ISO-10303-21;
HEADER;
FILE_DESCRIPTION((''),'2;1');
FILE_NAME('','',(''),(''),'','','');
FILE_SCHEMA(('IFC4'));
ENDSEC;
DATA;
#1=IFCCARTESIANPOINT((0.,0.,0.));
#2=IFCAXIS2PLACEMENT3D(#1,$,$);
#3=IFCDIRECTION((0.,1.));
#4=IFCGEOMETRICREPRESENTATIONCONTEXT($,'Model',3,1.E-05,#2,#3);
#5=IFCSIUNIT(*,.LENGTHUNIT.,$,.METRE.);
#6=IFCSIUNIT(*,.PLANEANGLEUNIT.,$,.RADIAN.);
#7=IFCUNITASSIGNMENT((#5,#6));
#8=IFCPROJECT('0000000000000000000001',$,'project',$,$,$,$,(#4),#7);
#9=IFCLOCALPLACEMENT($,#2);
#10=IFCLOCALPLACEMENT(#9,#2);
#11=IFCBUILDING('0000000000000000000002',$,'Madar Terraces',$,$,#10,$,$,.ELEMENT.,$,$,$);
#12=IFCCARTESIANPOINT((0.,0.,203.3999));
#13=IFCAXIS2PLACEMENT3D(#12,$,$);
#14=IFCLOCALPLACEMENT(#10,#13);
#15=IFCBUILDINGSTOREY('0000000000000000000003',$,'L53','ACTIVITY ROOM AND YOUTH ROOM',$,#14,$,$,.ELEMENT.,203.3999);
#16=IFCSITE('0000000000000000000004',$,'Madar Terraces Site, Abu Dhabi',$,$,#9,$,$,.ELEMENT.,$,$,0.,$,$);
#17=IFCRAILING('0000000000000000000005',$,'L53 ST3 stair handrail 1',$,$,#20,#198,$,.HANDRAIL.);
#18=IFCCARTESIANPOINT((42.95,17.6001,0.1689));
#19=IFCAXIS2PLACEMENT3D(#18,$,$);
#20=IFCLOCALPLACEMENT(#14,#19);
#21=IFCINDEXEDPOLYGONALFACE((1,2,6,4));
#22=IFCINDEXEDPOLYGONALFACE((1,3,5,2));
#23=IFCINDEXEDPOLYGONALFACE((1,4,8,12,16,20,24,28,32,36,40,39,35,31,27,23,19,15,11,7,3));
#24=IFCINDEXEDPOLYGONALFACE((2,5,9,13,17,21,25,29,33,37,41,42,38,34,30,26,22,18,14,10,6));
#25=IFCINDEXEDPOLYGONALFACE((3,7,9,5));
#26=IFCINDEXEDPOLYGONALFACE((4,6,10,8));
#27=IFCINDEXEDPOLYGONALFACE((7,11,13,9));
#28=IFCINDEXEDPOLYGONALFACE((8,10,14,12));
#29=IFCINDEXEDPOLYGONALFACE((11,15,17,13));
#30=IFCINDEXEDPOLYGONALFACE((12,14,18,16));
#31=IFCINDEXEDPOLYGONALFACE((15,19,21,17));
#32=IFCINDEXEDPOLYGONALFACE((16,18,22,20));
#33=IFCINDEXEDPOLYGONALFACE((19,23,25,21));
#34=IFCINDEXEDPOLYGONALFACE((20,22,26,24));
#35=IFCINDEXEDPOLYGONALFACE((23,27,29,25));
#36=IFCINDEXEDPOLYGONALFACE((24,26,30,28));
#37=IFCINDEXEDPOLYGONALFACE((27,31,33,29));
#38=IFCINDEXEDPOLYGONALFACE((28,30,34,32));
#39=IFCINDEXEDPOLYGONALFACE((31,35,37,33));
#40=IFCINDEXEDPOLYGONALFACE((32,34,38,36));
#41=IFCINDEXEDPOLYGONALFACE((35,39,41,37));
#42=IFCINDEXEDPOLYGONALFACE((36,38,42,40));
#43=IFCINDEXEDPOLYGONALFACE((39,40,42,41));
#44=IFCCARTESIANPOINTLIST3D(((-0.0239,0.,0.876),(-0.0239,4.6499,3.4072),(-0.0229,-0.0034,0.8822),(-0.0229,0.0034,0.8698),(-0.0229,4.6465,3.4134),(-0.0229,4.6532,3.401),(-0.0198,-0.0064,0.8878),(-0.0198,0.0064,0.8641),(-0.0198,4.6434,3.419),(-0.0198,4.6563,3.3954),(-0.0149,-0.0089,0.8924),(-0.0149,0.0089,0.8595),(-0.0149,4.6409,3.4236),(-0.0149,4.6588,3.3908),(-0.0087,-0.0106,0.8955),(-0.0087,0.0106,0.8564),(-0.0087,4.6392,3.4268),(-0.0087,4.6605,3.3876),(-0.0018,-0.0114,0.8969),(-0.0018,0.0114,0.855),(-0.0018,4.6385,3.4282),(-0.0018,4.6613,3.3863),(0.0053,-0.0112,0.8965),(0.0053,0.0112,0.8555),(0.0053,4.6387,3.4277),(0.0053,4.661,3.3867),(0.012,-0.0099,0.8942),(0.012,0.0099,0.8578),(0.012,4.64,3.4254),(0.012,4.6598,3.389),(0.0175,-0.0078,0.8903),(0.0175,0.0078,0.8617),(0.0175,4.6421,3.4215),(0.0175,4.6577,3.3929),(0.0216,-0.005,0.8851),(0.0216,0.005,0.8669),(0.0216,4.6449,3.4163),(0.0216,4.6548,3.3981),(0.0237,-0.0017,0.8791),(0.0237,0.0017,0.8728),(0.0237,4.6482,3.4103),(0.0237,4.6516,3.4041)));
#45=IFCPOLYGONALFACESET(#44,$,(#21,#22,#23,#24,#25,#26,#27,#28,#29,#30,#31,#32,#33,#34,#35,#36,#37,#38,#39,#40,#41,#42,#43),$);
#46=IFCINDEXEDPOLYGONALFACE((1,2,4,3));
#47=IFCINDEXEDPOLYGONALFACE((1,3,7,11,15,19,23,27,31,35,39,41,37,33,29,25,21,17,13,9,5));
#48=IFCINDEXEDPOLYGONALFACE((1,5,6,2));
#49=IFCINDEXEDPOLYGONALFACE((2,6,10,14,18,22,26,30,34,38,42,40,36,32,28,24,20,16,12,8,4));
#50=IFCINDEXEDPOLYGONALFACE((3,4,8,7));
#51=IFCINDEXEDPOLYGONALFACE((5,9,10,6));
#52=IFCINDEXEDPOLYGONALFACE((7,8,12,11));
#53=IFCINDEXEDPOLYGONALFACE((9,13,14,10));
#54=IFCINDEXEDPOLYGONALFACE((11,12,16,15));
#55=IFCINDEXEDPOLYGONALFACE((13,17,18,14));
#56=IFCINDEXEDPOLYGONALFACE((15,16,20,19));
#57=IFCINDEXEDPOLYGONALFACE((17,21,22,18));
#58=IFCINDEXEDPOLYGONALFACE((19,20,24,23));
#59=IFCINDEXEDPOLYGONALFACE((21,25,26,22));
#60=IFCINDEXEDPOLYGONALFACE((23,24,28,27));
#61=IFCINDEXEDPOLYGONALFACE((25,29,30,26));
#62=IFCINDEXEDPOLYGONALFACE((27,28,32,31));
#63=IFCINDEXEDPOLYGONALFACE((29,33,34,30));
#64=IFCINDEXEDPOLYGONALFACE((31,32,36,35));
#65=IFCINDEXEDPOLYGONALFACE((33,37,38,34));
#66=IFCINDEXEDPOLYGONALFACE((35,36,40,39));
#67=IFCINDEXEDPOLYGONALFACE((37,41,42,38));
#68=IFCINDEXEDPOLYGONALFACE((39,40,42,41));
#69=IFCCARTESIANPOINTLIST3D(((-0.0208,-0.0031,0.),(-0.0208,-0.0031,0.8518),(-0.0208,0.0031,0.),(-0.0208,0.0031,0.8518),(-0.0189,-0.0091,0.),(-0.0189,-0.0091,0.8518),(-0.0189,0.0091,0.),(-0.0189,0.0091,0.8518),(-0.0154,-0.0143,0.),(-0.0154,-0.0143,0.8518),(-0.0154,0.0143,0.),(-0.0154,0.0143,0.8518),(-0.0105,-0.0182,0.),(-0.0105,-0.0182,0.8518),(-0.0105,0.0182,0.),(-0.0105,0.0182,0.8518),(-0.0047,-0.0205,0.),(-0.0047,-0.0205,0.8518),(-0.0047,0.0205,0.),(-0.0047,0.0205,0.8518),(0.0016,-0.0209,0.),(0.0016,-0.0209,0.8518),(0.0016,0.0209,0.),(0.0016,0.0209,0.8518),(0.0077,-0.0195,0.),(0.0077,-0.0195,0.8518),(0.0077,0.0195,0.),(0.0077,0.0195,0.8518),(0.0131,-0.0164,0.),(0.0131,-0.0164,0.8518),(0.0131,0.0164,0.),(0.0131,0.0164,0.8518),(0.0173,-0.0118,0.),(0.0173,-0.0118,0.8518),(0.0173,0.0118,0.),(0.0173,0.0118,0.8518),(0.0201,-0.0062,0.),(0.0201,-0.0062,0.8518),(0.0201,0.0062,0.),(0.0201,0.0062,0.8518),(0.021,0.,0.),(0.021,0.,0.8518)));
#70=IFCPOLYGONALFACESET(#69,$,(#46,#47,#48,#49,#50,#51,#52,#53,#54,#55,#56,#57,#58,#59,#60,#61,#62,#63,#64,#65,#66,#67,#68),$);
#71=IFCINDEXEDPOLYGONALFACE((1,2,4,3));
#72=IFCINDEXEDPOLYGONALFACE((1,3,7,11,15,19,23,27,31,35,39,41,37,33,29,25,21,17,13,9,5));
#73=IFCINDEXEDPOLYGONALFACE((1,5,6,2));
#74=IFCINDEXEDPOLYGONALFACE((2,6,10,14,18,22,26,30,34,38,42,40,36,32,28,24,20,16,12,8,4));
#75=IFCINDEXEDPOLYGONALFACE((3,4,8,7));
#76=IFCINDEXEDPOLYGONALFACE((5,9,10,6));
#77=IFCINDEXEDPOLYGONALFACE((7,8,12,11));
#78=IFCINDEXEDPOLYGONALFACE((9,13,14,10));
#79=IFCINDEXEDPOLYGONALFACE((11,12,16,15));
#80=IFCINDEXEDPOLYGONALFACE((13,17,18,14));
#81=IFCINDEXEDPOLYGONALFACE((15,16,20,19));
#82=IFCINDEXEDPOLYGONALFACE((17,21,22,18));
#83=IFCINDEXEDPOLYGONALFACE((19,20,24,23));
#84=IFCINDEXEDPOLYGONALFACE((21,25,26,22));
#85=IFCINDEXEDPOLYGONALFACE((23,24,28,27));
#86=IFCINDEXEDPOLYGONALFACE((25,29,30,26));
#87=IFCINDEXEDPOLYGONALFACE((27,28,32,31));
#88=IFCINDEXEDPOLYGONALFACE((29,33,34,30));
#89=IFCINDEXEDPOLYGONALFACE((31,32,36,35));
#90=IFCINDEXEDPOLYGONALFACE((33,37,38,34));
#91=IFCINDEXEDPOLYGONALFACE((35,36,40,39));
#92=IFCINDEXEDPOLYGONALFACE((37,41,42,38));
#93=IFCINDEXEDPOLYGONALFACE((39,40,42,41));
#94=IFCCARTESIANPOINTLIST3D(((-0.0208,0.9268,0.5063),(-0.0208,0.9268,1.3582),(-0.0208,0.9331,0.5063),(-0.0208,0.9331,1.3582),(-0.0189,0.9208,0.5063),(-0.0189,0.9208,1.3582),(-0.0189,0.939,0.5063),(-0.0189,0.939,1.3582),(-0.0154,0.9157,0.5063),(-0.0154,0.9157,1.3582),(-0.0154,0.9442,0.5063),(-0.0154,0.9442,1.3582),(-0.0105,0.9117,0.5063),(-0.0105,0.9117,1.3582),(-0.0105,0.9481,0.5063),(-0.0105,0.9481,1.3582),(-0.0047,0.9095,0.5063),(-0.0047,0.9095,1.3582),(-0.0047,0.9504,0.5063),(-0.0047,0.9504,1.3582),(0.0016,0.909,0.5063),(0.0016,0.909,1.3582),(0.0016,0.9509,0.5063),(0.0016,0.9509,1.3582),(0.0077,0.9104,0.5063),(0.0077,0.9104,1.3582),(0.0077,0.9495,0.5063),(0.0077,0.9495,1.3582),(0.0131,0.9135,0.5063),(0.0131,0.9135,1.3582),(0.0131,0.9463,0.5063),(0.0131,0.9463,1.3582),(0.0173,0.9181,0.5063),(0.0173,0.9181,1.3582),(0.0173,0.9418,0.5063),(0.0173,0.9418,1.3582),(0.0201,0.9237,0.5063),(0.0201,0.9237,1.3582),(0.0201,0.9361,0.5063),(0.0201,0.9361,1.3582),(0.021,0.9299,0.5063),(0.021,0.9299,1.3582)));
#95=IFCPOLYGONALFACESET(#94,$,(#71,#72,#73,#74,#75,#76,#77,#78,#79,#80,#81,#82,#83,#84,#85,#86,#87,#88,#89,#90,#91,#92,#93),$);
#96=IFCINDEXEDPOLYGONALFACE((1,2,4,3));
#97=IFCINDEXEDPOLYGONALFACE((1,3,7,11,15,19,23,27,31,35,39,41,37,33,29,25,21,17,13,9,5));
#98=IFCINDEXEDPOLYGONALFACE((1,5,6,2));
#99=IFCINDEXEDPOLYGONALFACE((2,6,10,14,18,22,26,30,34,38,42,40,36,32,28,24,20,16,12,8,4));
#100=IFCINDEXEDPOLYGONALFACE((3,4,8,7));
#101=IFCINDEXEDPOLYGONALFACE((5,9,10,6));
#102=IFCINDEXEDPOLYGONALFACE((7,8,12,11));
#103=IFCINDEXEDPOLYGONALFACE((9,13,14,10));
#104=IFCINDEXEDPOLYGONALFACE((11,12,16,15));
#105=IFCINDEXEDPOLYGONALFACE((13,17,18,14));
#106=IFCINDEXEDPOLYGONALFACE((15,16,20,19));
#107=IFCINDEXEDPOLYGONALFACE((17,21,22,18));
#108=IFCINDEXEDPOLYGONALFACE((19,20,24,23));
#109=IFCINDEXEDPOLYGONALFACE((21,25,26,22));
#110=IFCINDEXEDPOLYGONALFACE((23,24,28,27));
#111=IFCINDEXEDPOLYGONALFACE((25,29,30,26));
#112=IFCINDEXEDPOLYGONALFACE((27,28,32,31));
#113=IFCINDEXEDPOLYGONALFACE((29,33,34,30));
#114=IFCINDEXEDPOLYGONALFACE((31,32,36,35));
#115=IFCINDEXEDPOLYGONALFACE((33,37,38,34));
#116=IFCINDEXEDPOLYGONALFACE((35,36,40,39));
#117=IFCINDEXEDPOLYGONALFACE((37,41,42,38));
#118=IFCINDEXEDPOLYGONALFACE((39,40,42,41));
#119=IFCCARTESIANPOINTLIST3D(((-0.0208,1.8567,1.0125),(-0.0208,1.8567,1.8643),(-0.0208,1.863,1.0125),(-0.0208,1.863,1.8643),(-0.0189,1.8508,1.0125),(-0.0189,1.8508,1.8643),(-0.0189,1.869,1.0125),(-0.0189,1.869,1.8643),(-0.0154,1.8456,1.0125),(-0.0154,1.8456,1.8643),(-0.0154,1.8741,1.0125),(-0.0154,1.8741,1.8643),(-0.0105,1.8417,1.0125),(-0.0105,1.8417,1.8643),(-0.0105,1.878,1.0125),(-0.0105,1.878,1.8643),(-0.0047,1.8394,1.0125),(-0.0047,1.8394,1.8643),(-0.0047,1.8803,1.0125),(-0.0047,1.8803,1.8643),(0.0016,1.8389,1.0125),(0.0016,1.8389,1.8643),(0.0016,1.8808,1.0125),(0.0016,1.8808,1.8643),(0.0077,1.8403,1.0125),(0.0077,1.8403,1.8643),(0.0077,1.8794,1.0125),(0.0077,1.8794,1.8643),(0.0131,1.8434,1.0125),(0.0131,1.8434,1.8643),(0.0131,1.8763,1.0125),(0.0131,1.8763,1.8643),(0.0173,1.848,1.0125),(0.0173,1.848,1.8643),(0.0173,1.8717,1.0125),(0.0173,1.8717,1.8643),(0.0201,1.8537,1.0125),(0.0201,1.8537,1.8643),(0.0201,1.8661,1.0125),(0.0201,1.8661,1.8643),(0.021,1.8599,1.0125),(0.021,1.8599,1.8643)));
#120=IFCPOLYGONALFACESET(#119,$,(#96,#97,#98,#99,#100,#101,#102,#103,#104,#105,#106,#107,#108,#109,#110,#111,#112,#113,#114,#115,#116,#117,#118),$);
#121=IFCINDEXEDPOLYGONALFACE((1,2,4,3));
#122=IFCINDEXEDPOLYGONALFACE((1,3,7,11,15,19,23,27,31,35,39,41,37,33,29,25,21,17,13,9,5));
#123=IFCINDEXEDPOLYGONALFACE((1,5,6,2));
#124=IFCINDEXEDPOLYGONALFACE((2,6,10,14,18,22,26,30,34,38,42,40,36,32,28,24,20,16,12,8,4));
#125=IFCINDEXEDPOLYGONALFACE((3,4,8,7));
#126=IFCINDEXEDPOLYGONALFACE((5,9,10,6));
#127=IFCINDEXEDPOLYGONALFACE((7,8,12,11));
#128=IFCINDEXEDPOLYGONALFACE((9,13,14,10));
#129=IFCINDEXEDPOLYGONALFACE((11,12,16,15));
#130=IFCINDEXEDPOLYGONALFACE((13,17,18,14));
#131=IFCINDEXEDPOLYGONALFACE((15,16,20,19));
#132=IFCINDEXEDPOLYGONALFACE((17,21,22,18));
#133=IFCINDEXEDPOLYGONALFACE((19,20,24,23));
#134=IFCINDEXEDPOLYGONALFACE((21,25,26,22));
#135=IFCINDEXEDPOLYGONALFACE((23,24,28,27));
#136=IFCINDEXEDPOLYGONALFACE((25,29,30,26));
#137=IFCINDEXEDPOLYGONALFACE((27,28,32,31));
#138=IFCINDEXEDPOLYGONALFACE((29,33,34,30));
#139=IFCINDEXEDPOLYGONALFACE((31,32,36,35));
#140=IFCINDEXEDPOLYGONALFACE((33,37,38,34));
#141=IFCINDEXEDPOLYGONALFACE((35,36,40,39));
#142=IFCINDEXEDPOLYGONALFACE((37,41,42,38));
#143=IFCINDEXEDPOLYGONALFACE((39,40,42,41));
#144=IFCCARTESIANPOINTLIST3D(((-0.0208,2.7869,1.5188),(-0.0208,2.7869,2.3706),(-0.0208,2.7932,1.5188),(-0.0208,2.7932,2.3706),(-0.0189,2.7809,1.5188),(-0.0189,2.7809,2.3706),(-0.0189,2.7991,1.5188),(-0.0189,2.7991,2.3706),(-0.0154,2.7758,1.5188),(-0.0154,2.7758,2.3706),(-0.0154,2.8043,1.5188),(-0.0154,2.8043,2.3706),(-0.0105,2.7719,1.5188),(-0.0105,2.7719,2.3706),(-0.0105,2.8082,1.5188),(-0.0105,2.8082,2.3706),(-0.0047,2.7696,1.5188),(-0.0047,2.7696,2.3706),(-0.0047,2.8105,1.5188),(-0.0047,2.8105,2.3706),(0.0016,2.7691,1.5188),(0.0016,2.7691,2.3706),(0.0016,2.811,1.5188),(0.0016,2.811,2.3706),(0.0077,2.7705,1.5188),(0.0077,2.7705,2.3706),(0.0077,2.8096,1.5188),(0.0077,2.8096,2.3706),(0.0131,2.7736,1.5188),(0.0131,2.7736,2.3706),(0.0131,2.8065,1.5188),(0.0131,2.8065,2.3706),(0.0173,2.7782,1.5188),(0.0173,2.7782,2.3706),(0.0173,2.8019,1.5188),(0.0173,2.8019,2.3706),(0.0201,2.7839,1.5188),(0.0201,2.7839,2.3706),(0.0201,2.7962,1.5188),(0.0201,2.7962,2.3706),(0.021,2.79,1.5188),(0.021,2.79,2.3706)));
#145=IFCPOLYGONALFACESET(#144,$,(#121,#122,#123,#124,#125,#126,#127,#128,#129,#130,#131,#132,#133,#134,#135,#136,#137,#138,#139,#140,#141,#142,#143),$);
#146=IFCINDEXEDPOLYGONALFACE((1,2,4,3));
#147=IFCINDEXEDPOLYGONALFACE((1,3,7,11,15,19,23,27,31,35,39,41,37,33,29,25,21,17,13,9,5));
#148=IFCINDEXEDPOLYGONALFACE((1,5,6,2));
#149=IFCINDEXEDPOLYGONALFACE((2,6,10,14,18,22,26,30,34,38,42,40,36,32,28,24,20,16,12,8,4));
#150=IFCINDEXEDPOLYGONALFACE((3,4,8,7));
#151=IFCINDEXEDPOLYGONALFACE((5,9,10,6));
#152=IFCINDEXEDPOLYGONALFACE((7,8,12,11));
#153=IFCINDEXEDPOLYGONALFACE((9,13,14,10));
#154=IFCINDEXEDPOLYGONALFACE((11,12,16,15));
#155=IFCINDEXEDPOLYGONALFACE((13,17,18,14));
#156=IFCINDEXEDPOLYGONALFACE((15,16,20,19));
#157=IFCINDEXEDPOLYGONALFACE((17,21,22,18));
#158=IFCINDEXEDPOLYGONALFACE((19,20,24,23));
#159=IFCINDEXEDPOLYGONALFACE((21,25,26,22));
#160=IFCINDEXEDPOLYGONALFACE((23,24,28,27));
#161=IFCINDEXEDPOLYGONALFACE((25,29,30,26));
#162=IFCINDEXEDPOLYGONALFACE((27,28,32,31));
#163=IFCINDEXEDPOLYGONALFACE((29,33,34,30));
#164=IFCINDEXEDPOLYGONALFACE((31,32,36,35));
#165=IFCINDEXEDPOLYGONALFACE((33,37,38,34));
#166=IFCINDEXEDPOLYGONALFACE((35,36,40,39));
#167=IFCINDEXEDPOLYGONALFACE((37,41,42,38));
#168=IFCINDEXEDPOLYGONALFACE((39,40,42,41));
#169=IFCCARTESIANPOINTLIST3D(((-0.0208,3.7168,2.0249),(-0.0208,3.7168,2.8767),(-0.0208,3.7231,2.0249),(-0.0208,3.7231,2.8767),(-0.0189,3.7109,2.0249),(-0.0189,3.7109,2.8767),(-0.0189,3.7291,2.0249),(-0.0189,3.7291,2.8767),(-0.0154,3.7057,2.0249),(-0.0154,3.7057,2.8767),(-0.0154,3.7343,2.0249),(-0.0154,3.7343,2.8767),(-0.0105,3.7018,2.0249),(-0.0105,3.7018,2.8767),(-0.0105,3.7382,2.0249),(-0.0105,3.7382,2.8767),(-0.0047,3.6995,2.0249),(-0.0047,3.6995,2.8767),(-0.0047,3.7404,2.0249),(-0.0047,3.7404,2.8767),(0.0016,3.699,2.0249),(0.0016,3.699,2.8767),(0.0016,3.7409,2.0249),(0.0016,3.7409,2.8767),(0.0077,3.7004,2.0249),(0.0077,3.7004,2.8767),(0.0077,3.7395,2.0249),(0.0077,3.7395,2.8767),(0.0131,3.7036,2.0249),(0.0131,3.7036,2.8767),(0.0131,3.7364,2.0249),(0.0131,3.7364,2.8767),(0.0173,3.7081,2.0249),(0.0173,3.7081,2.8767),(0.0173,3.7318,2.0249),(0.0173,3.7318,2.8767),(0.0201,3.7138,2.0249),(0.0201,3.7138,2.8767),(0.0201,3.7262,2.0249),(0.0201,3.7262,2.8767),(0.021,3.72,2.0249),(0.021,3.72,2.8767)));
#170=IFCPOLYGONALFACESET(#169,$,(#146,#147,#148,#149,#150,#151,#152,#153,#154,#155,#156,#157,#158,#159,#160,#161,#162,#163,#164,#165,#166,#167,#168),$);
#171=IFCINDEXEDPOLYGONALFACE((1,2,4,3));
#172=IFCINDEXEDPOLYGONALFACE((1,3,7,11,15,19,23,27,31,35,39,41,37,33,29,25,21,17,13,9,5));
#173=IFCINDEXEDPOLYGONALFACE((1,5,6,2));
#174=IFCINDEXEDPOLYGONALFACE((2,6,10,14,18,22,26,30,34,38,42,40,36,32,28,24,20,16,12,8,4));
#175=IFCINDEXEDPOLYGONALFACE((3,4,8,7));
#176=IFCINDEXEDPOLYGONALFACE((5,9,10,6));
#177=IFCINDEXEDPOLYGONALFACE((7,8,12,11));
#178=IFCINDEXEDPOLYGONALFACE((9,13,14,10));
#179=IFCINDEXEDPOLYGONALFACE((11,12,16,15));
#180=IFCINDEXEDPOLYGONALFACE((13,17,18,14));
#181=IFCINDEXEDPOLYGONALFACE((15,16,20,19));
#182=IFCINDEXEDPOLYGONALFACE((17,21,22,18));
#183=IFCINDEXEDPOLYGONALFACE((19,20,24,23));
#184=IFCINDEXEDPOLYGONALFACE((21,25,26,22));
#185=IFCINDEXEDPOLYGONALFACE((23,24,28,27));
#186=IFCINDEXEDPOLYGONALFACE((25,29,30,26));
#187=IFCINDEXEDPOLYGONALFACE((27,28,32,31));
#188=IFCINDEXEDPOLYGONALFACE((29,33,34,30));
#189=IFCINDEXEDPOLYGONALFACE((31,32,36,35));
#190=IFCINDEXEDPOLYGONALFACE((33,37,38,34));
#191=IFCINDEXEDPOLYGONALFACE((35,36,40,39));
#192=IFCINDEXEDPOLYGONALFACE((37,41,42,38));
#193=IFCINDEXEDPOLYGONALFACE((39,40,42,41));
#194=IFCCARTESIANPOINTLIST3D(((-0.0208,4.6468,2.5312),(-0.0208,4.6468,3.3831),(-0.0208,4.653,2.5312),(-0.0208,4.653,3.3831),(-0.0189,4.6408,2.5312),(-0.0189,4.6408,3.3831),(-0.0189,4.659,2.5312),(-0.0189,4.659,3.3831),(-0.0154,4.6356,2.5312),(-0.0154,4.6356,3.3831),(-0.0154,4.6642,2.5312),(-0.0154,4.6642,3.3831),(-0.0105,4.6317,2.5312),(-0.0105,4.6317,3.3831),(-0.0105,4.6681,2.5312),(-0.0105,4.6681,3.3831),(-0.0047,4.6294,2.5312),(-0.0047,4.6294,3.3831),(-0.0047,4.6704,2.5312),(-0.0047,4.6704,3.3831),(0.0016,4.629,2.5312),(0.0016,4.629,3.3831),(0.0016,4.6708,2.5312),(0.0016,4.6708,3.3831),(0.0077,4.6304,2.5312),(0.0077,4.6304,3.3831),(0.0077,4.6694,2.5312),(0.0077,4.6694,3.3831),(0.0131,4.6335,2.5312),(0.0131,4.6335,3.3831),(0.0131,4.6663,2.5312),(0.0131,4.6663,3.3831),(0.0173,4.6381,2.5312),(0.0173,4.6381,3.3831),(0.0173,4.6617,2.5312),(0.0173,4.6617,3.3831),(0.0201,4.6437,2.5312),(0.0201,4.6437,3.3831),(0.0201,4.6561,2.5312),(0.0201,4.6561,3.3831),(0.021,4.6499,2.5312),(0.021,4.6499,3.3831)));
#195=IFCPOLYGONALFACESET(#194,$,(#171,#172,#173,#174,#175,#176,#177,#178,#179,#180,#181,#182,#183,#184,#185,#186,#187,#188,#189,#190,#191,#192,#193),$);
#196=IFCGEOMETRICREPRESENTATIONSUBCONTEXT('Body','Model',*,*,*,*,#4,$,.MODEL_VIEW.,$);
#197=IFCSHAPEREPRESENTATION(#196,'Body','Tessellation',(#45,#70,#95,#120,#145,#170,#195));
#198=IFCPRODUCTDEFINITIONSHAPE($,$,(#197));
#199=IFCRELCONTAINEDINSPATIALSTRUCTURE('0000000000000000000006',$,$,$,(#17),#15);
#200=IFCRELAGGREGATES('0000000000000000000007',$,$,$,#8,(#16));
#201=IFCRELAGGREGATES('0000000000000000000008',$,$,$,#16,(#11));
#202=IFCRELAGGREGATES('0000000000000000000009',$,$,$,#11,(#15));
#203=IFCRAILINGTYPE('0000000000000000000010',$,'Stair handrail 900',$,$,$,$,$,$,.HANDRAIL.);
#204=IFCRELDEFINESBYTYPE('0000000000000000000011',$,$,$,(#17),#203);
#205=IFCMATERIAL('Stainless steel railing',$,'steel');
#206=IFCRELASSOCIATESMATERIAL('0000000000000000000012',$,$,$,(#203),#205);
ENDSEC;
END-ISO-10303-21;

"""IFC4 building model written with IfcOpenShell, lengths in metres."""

from ifc_helpers import new_model, si_unit, direction, frame, origin, origin_2d, place, context, subcontext, project, spatial, circle, extrude, material, type_object, element, save


model = new_model("IFC4")

# Units and contexts
model_context = context("Model", 3, precision=1e-05, world=origin(), true_north=direction((0.0, 1.0)))
body_context = subcontext(model_context, "Body", "Model", "MODEL_VIEW")
ifc_project = project(units=[si_unit("LENGTHUNIT", "METRE"), si_unit("PLANEANGLEUNIT", "RADIAN")], contexts=[model_context])

# Site, building, storey
site_placement = place(None, origin())
site = spatial("IfcSite", under=ifc_project, at=site_placement, Name="Madar Terraces Site, Abu Dhabi", CompositionType="ELEMENT", RefElevation=0.0)
building_placement = place(site_placement, origin())
building = spatial("IfcBuilding", under=site, at=building_placement, Name="Madar Terraces", CompositionType="ELEMENT")
storey_placement = place(building_placement, frame((0.0, 0.0, 203.3999)))
storey = spatial("IfcBuildingStorey", under=building, at=storey_placement, Name="L53", Description="ACTIVITY ROOM AND YOUTH ROOM", CompositionType="ELEMENT", Elevation=203.3999)

# Railing
ifc_material_1 = material(Name="Stainless steel railing", Category="steel")
railing_type_1 = type_object("IfcRailingType", Name="Stair handrail 900", PredefinedType="HANDRAIL", material=ifc_material_1)
railing_1_placement = place(storey_placement, frame((42.95, 17.6001, 0.1689)))
element("IfcRailing", 1, at=railing_1_placement, inside=storey, type_object=railing_type_1, Name="L53 ST3 stair handrail 1", PredefinedType="HANDRAIL", context=body_context, shape_type="SweptSolid", body=[
    extrude(circle(Radius=0.0239, at=origin_2d()), frame((0.0, 0.0, 0.876), z_axis=(0.0, 0.878297, 0.478115), x_axis=(-1.0, 0.0, 0.0)), (0.0, 0.0, 1.0), 5.2942),
    extrude(circle(Radius=0.021, at=origin_2d()), origin(), (0.0, 0.0, 1.0), 0.8518),
    extrude(circle(Radius=0.021, at=origin_2d()), frame((0.0, 0.9299, 0.5063)), (0.0, 0.0, 1.0), 0.8518),
    extrude(circle(Radius=0.021, at=origin_2d()), frame((0.0, 1.8599, 1.0125)), (0.0, 0.0, 1.0), 0.8518),
    extrude(circle(Radius=0.021, at=origin_2d()), frame((0.0, 2.79, 1.5188)), (0.0, 0.0, 1.0), 0.8518),
    extrude(circle(Radius=0.021, at=origin_2d()), frame((0.0, 3.72, 2.0249)), (0.0, 0.0, 1.0), 0.8518),
    extrude(circle(Radius=0.021, at=origin_2d()), frame((0.0, 4.6499, 2.5312)), (0.0, 0.0, 1.0), 0.8518),
])

save(model, "model.ifc")
